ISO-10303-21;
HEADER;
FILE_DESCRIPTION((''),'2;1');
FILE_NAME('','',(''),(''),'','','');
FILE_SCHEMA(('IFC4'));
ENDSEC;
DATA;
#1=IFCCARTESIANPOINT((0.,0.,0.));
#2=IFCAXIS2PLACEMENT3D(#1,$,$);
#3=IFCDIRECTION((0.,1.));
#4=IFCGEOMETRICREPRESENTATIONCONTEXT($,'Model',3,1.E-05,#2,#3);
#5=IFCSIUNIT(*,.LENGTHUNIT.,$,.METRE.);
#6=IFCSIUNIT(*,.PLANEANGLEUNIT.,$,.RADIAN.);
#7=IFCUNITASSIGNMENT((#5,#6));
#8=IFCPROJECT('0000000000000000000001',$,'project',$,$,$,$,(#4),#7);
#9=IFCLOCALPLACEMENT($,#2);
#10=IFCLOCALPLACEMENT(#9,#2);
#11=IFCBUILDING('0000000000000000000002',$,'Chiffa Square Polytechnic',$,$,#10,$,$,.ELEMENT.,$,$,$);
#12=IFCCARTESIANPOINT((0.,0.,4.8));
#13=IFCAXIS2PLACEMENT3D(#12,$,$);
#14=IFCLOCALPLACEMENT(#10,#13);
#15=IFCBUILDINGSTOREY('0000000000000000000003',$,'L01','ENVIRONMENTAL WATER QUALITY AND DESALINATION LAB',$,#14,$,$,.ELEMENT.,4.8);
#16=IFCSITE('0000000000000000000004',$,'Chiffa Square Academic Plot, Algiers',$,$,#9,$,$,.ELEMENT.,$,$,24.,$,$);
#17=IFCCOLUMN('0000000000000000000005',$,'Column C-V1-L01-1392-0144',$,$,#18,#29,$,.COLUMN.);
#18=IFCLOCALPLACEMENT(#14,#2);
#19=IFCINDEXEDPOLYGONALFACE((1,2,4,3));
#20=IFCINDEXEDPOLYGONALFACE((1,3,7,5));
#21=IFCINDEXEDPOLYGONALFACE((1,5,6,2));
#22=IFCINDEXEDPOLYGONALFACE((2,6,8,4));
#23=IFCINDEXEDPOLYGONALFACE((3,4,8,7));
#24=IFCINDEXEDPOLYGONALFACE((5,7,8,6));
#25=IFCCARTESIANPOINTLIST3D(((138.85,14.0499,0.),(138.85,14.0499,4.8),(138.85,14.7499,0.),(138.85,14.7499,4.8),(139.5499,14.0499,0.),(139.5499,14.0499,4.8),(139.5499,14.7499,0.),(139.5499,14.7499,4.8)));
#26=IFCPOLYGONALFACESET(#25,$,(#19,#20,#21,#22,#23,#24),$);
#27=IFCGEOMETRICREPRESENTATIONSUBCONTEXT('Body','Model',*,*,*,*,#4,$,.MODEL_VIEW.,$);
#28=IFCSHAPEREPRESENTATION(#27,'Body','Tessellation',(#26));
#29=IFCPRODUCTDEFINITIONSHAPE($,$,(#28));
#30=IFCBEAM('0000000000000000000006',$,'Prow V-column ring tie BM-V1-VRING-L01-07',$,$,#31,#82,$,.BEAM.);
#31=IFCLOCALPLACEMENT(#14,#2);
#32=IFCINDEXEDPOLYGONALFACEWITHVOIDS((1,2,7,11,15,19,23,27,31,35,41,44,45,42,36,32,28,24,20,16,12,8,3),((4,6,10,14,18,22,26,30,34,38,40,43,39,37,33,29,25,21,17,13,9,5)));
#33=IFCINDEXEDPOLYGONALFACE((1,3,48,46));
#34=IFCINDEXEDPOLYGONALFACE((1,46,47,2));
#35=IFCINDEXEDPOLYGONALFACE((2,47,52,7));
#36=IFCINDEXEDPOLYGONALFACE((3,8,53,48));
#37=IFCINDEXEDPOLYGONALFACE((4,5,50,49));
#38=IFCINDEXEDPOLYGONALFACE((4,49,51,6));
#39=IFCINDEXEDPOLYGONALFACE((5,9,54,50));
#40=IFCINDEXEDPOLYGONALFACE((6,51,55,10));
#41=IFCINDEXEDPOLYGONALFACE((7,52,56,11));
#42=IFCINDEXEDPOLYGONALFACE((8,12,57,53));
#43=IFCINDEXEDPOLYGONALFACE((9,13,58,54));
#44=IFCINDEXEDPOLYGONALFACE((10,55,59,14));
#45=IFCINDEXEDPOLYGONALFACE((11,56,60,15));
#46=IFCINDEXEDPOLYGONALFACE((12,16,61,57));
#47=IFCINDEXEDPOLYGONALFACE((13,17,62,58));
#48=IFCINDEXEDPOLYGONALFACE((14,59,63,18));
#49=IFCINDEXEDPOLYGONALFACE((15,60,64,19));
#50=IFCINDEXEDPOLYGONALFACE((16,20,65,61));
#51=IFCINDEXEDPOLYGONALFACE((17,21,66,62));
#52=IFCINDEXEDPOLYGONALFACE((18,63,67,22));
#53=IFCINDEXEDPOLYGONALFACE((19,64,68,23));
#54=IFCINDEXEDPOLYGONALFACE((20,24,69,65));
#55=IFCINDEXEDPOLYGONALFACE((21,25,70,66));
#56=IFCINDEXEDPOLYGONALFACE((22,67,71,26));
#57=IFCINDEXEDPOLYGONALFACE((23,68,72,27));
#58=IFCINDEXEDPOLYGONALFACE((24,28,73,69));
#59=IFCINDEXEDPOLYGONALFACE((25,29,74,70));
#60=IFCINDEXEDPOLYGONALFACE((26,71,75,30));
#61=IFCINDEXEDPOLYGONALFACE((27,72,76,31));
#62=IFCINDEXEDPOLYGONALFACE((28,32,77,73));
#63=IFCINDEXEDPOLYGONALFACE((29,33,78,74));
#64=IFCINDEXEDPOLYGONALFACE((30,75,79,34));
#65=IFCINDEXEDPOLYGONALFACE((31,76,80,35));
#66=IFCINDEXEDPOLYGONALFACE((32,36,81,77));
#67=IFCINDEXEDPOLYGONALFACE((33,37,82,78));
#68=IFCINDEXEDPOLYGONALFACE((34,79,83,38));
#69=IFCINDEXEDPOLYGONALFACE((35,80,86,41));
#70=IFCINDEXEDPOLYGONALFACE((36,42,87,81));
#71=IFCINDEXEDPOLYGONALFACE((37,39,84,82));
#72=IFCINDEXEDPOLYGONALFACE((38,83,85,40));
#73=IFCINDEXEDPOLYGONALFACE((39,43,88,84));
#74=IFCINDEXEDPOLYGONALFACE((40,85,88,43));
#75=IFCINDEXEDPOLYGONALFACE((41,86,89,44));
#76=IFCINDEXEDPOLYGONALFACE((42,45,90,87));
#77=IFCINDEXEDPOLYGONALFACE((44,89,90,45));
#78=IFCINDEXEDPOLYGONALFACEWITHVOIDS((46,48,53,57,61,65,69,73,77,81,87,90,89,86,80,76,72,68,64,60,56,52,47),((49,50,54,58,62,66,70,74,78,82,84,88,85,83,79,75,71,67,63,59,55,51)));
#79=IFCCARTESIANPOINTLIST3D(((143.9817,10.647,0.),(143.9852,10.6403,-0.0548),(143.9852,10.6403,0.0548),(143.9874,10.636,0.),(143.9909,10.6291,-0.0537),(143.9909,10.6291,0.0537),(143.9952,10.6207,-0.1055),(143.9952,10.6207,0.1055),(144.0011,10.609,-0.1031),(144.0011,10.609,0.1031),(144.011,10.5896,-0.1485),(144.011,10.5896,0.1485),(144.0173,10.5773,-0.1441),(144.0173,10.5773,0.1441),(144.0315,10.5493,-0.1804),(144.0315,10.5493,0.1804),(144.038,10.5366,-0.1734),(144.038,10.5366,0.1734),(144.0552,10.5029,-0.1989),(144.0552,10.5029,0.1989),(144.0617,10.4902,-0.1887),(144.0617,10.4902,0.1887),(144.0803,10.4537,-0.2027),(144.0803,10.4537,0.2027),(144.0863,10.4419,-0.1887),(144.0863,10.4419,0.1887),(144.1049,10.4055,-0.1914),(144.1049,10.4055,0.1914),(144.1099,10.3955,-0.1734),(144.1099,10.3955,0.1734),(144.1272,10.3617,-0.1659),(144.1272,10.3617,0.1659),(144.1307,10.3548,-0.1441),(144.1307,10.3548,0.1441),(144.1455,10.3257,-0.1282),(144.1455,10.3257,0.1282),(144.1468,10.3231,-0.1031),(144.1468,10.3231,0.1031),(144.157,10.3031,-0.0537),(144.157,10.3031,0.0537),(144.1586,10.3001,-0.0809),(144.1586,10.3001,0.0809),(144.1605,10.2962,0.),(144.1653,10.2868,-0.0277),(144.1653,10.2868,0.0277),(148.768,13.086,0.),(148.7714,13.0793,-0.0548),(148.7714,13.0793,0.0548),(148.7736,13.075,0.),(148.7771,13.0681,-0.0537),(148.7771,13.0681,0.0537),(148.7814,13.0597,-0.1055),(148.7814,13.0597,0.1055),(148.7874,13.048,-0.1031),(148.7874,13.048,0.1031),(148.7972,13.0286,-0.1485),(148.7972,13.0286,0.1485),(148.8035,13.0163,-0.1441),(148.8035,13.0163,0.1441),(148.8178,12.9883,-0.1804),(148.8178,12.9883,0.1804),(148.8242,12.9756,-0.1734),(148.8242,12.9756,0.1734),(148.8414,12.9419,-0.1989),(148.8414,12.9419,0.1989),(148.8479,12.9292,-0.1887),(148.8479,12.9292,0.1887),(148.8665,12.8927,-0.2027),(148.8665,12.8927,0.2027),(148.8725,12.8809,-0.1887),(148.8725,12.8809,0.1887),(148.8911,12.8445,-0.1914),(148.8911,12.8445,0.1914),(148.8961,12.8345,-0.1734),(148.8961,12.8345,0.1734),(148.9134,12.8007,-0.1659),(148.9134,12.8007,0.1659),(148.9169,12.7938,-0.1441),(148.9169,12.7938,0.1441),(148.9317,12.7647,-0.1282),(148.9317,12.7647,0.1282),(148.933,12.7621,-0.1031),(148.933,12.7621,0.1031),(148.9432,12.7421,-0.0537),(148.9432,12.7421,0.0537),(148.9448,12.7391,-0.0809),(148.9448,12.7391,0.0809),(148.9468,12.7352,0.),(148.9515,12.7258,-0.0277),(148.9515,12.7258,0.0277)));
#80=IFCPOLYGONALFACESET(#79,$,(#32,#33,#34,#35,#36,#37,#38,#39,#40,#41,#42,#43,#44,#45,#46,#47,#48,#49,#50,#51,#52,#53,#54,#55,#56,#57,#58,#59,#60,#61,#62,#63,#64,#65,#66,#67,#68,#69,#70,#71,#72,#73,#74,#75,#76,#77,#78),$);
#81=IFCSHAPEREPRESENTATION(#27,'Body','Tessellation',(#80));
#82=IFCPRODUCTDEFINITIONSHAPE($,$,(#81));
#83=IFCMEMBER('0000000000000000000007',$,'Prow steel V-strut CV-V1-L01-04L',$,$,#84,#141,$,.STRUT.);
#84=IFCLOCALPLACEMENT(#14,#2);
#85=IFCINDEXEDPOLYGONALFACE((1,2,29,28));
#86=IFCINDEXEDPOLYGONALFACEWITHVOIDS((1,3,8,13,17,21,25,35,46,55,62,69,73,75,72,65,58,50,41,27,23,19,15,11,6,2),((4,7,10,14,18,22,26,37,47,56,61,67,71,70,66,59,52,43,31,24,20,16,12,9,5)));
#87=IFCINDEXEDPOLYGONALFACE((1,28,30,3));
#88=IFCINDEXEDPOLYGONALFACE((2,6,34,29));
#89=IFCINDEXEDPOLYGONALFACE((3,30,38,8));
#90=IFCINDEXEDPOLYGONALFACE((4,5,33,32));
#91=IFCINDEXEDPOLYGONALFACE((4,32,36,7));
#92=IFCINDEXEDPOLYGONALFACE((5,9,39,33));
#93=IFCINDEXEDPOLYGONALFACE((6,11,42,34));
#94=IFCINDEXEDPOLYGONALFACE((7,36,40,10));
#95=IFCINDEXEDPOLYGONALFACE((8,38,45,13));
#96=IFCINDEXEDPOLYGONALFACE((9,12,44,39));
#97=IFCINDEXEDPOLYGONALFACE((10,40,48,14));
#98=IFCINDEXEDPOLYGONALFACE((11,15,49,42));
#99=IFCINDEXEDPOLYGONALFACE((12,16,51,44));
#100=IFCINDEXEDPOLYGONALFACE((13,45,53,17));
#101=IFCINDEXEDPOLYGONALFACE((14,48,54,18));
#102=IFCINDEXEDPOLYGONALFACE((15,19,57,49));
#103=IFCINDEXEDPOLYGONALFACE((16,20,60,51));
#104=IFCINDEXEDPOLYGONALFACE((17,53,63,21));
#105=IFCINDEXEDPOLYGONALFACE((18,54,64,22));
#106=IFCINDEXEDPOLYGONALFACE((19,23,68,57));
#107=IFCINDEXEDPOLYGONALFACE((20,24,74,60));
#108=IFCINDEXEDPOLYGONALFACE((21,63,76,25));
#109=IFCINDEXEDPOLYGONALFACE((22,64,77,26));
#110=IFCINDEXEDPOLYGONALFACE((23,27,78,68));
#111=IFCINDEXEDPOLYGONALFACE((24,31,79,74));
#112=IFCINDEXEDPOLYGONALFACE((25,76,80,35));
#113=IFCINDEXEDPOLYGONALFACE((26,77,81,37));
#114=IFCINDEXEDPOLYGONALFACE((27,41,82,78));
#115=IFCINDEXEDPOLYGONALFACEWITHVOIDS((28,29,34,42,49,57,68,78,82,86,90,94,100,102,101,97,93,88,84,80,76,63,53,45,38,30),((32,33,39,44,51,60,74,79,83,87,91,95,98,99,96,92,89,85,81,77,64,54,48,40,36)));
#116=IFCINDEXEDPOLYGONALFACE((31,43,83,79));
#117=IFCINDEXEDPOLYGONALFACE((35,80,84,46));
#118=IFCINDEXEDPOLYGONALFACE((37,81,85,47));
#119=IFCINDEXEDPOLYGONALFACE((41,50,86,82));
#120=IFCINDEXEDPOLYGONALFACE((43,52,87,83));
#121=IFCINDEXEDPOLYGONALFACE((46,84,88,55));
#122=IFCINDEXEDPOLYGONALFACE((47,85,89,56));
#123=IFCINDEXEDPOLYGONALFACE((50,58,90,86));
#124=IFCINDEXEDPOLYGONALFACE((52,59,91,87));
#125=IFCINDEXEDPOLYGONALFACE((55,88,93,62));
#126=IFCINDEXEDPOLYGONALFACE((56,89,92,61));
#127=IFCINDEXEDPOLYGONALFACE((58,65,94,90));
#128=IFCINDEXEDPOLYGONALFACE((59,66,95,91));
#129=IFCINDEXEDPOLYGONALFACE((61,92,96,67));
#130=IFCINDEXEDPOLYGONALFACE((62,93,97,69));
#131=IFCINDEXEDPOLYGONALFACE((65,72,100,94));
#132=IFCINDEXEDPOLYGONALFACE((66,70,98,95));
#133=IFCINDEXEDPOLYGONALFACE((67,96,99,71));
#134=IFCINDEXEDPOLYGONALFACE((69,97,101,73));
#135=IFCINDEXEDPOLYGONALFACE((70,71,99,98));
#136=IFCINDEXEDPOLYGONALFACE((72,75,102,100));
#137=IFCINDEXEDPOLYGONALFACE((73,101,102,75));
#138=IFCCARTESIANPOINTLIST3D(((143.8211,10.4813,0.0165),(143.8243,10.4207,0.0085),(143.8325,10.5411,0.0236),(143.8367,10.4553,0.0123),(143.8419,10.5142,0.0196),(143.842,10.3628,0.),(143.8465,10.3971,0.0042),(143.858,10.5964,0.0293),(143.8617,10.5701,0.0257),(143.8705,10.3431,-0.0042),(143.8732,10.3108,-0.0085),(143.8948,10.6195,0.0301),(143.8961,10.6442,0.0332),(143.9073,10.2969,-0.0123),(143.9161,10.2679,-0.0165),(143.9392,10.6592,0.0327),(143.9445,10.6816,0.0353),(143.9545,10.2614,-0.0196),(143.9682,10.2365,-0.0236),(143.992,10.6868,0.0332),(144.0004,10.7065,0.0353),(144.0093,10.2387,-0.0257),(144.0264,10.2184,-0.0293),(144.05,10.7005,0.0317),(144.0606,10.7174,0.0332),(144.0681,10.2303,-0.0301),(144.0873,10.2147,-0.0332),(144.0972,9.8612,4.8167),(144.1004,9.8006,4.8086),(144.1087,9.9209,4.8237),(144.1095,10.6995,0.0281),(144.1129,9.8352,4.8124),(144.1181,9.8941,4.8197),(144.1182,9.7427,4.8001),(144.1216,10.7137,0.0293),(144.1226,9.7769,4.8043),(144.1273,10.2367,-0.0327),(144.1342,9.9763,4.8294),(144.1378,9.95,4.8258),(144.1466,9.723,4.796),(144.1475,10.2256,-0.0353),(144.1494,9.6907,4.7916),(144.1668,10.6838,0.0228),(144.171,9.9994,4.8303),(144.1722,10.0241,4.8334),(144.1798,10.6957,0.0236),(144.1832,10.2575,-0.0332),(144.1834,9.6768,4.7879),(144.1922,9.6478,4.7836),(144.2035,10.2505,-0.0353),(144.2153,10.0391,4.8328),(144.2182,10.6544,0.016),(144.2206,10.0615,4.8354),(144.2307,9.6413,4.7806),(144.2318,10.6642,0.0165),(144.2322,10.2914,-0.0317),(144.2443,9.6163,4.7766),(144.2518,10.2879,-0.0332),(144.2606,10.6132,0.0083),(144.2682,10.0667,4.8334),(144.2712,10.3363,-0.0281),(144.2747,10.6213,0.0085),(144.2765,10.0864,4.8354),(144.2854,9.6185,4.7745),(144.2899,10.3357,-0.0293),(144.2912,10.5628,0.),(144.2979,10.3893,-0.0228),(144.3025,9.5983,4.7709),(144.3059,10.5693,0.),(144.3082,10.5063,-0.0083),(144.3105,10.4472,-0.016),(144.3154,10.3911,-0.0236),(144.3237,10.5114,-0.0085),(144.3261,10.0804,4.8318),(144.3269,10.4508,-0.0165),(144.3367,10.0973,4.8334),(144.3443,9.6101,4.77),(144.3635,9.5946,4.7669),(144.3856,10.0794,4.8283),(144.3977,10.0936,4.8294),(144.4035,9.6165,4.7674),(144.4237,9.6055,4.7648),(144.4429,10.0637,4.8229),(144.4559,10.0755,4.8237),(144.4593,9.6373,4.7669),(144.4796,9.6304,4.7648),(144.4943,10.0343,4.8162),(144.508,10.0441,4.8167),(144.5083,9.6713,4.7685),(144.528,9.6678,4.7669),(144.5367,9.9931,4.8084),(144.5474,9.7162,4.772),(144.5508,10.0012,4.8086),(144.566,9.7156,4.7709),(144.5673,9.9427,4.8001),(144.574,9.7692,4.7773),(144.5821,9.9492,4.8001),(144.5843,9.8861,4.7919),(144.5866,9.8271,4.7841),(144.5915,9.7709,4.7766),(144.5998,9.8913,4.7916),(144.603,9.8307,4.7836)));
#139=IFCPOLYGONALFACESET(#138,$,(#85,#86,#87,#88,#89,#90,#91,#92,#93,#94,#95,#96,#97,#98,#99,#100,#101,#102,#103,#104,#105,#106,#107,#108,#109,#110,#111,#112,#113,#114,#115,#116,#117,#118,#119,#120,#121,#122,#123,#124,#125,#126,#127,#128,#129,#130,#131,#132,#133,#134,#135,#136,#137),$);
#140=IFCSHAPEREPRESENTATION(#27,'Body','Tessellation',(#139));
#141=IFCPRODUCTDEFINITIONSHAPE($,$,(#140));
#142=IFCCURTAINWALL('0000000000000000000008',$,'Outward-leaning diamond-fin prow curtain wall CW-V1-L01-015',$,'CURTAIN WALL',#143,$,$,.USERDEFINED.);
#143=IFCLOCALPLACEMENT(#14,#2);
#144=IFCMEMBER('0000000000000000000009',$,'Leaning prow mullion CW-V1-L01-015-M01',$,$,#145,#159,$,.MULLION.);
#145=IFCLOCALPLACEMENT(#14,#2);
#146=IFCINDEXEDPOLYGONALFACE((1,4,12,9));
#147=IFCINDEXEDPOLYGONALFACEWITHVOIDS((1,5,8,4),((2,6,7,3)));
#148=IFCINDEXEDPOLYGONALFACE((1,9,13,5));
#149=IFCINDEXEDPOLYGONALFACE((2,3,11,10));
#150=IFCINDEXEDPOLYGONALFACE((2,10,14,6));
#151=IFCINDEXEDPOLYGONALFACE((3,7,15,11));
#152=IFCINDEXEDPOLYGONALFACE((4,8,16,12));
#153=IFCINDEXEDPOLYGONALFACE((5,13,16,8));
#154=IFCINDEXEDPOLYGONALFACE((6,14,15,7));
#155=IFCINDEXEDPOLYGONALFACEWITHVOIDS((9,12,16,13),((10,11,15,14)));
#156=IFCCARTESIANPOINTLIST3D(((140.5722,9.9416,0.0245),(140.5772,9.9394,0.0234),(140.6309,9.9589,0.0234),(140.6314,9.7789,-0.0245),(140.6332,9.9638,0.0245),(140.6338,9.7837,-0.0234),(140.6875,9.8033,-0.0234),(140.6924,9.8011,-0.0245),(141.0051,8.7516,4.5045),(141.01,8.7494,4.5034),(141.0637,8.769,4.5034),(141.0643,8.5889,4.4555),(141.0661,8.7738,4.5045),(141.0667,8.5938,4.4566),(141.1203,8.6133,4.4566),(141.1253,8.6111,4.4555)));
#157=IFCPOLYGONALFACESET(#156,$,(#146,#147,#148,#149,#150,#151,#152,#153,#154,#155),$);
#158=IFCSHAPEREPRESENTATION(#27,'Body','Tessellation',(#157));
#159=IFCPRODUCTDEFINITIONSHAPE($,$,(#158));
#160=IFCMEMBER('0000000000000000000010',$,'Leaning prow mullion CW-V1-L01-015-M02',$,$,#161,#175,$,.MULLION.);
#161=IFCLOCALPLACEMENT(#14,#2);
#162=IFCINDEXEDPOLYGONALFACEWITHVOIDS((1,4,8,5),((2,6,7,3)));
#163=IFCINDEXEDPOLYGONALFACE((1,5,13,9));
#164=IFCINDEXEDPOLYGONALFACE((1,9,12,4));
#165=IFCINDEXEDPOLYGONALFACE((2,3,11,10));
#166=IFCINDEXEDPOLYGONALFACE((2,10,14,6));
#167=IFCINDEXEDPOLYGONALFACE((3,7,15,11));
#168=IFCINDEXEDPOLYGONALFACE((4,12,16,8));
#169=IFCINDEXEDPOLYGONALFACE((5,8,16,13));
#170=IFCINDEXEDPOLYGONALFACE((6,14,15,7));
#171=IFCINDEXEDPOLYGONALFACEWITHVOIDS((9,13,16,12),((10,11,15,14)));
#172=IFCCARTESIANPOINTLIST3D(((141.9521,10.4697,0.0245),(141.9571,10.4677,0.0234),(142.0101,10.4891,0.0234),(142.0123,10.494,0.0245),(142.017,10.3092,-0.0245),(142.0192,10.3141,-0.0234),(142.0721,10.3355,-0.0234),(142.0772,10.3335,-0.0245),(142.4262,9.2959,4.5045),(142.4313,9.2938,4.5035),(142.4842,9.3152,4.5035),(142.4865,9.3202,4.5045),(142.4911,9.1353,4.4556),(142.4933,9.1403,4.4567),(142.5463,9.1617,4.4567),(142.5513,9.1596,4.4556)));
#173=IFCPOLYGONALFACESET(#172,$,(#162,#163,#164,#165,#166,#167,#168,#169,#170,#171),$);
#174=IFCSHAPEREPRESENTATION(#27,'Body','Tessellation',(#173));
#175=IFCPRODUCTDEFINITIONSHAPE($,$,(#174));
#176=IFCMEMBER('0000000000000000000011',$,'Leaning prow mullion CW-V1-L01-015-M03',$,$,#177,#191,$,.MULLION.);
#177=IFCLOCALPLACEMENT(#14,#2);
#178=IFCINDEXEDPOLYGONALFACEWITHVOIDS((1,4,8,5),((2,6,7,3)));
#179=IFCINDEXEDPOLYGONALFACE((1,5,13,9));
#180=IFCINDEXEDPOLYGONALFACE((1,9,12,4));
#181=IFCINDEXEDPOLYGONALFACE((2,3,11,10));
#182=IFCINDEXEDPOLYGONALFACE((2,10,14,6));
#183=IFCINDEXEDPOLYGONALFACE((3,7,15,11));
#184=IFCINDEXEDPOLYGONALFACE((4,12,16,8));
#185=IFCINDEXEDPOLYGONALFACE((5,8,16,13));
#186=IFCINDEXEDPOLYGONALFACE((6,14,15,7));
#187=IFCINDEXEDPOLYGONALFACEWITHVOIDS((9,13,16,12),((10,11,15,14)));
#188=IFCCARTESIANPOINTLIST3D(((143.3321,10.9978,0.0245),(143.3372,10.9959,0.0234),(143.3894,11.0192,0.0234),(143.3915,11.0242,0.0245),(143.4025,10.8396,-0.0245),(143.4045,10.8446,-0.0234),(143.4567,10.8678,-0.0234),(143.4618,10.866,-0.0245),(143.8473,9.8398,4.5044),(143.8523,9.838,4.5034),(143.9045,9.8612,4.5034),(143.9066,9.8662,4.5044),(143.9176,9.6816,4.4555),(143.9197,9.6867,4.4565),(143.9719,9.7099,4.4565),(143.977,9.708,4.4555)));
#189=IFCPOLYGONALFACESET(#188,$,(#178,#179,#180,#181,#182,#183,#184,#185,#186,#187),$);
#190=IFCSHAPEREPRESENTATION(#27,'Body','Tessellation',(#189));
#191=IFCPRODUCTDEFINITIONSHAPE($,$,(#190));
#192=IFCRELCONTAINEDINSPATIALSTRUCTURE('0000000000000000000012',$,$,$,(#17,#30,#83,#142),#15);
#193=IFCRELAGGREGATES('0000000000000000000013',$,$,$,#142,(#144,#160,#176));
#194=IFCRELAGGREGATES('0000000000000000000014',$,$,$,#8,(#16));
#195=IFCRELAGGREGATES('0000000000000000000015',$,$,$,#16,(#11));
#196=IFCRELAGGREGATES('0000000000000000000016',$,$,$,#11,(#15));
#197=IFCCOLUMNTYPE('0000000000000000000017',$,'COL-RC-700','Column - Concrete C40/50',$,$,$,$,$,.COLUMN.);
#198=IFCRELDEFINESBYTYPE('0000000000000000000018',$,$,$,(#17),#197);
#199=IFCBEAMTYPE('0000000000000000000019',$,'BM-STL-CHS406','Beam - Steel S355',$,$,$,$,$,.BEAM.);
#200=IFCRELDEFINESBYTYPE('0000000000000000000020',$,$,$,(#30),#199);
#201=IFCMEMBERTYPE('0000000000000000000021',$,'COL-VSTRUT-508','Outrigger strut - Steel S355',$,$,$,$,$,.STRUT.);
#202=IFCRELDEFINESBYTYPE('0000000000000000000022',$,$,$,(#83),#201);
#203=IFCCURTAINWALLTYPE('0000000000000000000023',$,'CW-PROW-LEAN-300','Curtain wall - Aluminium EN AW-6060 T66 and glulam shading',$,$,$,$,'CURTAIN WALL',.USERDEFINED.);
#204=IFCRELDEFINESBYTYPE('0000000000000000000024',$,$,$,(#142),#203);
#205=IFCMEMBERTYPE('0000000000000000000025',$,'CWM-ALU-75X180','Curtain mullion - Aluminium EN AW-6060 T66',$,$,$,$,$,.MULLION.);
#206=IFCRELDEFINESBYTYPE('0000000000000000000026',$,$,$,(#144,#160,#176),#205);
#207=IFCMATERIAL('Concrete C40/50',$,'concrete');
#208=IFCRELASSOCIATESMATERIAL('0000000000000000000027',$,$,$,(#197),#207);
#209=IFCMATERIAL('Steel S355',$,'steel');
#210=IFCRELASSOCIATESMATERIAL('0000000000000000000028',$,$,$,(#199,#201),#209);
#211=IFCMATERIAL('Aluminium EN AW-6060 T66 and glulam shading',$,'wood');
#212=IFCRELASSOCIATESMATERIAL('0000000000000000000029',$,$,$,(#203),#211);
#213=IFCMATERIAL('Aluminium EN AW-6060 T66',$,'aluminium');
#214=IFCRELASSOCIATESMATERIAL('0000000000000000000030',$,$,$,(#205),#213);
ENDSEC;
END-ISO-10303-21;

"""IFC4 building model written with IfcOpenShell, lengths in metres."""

from ifc_helpers import new_model, si_unit, direction, frame, origin, origin_2d, place, context, subcontext, project, spatial, rectangle, hollow_rectangle, hollow_circle, extrude, material, material_profile, profile_set, type_object, element, aggregate, save


model = new_model("IFC4")

# Units and contexts
model_context = context("Model", 3, precision=1e-05, world=origin(), true_north=direction((0.0, 1.0)))
body_context = subcontext(model_context, "Body", "Model", "MODEL_VIEW")
ifc_project = project(units=[si_unit("LENGTHUNIT", "METRE"), si_unit("PLANEANGLEUNIT", "RADIAN")], contexts=[model_context])

# Site, building, storey
site_placement = place(None, origin())
site = spatial("IfcSite", under=ifc_project, at=site_placement, Name="Chiffa Square Academic Plot, Algiers", CompositionType="ELEMENT", RefElevation=24.0)
building_placement = place(site_placement, origin())
building = spatial("IfcBuilding", under=site, at=building_placement, Name="Chiffa Square Polytechnic", CompositionType="ELEMENT")
storey_placement = place(building_placement, frame((0.0, 0.0, 4.8)))
storey = spatial("IfcBuildingStorey", under=building, at=storey_placement, Name="L01", Description="ENVIRONMENTAL WATER QUALITY AND DESALINATION LAB", CompositionType="ELEMENT", Elevation=4.8)

# Column
ifc_material_1 = material(Name="Concrete C40/50", Category="concrete")
ifc_material_profile_1 = material_profile(ifc_material_1, rectangle(XDim=0.7, YDim=0.7, at=origin_2d()), Name="RC 700x700")
ifc_profile_set_1 = profile_set([ifc_material_profile_1], Name="Concrete C40/50")
column_type = type_object("IfcColumnType", Name="COL-RC-700", Description="Column - Concrete C40/50", PredefinedType="COLUMN", material=ifc_profile_set_1)
column_placement = place(storey_placement, frame((139.2, 14.3999, 0.0), z_axis=(0.0, 0.0, 1.0), x_axis=(1.0, 0.0, 0.0)))
element("IfcColumn", 1, at=column_placement, inside=storey, type_object=column_type, Name="Column C-V1-L01-1392-0144", PredefinedType="COLUMN", context=body_context, shape_type="SweptSolid", body=[
    extrude(rectangle(XDim=0.7, YDim=0.7, at=origin_2d()), origin(), (0.0, 0.0, 1.0), 4.8),
])

# Beam
ifc_material_2 = material(Name="Steel S355", Category="steel")
ifc_material_profile_2 = material_profile(ifc_material_2, hollow_circle(Radius=0.2031, WallThickness=0.0125, at=origin_2d()), Name="CHS 406.4x12.5")
ifc_profile_set_2 = profile_set([ifc_material_profile_2], Name="Steel S355")
beam_type = type_object("IfcBeamType", Name="BM-STL-CHS406", Description="Beam - Steel S355", PredefinedType="BEAM", material=ifc_profile_set_2)
beam_placement = place(storey_placement, frame((144.074, 10.4661, 0.0), z_axis=(0.890983, 0.454036, 0.0), x_axis=(-0.454036, 0.890983, 0.0)))
element("IfcBeam", 2, at=beam_placement, inside=storey, type_object=beam_type, Name="Prow V-column ring tie BM-V1-VRING-L01-07", PredefinedType="BEAM", context=body_context, shape_type="SweptSolid", body=[
    extrude(hollow_circle(Radius=0.2031, WallThickness=0.0125, at=origin_2d()), origin(), (0.0, 0.0, 1.0), 5.3718),
])

# Member
ifc_material_profile_3 = material_profile(ifc_material_2, hollow_circle(Radius=0.2539, WallThickness=0.0161, at=origin_2d()), Name="CHS 508x16")
ifc_profile_set_3 = profile_set([ifc_material_profile_3], Name="Steel S355")
member_type_1 = type_object("IfcMemberType", Name="COL-VSTRUT-508", Description="Outrigger strut - Steel S355", PredefinedType="STRUT", material=ifc_profile_set_3)
member_1_placement = place(storey_placement, frame((144.074, 10.4661, 0.0), z_axis=(0.056958, -0.127917, 0.990148), x_axis=(0.91353, 0.406772, 0.0)))
element("IfcMember", 3, at=member_1_placement, inside=storey, type_object=member_type_1, Name="Prow steel V-strut CV-V1-L01-04L", PredefinedType="STRUT", context=body_context, shape_type="SweptSolid", body=[
    extrude(hollow_circle(Radius=0.2539, WallThickness=0.0161, at=origin_2d()), origin(), (0.0, 0.0, 1.0), 4.8479),
])

# Curtain wall, members
ifc_material_3 = material(Name="Aluminium EN AW-6060 T66 and glulam shading", Category="wood")
curtain_wall_type_1 = type_object("IfcCurtainWallType", Name="CW-PROW-LEAN-300", Description="Curtain wall - Aluminium EN AW-6060 T66 and glulam shading", ElementType="CURTAIN WALL", PredefinedType="USERDEFINED", material=ifc_material_3)
curtain_wall_1_placement = place(storey_placement, origin())
curtain_wall_1 = element("IfcCurtainWall", 4, at=curtain_wall_1_placement, inside=storey, type_object=curtain_wall_type_1, Name="Outward-leaning diamond-fin prow curtain wall CW-V1-L01-015", ObjectType="CURTAIN WALL", PredefinedType="USERDEFINED")
ifc_material_4 = material(Name="Aluminium EN AW-6060 T66", Category="aluminium")
ifc_material_profile_4 = material_profile(ifc_material_4, hollow_rectangle(XDim=0.0649, YDim=0.1799, WallThickness=0.0039, at=origin_2d()), Name="ALU 65x180x4")
ifc_profile_set_4 = profile_set([ifc_material_profile_4], Name="Aluminium EN AW-6060 T66")
member_type_2 = type_object("IfcMemberType", Name="CWM-ALU-75X180", Description="Curtain mullion - Aluminium EN AW-6060 T66", PredefinedType="MULLION", material=ifc_profile_set_4)
member_2_placement = place(storey_placement, frame((140.6323, 9.8713, 0.0), z_axis=(0.092979, -0.2556, 0.962301), x_axis=(0.939754, 0.341851, 0.0)))
member_2 = element("IfcMember", 5, at=member_2_placement, type_object=member_type_2, Name="Leaning prow mullion CW-V1-L01-015-M01", PredefinedType="MULLION", context=body_context, shape_type="SweptSolid", body=[
    extrude(hollow_rectangle(XDim=0.0649, YDim=0.1799, WallThickness=0.0039, at=origin_2d()), origin(), (0.0, 0.0, 1.0), 4.6555),
])
member_3_placement = place(storey_placement, frame((142.0146, 10.4016, 0.0), z_axis=(0.101843, -0.252143, 0.962316), x_axis=(0.927221, 0.374514, 0.0)))
member_3 = element("IfcMember", 6, at=member_3_placement, type_object=member_type_2, Name="Leaning prow mullion CW-V1-L01-015-M02", PredefinedType="MULLION", context=body_context, shape_type="SweptSolid", body=[
    extrude(hollow_rectangle(XDim=0.0649, YDim=0.1799, WallThickness=0.0039, at=origin_2d()), origin(), (0.0, 0.0, 1.0), 4.6555),
])
member_4_placement = place(storey_placement, frame((143.397, 10.9319, 0.0), z_axis=(0.110644, -0.248713, 0.962237), x_axis=(0.913669, 0.40646, 0.0)))
member_4 = element("IfcMember", 7, at=member_4_placement, type_object=member_type_2, Name="Leaning prow mullion CW-V1-L01-015-M03", PredefinedType="MULLION", context=body_context, shape_type="SweptSolid", body=[
    extrude(hollow_rectangle(XDim=0.0649, YDim=0.1799, WallThickness=0.0039, at=origin_2d()), origin(), (0.0, 0.0, 1.0), 4.6558),
])

aggregate(curtain_wall_1, [member_2, member_3, member_4])

save(model, "model.ifc")
